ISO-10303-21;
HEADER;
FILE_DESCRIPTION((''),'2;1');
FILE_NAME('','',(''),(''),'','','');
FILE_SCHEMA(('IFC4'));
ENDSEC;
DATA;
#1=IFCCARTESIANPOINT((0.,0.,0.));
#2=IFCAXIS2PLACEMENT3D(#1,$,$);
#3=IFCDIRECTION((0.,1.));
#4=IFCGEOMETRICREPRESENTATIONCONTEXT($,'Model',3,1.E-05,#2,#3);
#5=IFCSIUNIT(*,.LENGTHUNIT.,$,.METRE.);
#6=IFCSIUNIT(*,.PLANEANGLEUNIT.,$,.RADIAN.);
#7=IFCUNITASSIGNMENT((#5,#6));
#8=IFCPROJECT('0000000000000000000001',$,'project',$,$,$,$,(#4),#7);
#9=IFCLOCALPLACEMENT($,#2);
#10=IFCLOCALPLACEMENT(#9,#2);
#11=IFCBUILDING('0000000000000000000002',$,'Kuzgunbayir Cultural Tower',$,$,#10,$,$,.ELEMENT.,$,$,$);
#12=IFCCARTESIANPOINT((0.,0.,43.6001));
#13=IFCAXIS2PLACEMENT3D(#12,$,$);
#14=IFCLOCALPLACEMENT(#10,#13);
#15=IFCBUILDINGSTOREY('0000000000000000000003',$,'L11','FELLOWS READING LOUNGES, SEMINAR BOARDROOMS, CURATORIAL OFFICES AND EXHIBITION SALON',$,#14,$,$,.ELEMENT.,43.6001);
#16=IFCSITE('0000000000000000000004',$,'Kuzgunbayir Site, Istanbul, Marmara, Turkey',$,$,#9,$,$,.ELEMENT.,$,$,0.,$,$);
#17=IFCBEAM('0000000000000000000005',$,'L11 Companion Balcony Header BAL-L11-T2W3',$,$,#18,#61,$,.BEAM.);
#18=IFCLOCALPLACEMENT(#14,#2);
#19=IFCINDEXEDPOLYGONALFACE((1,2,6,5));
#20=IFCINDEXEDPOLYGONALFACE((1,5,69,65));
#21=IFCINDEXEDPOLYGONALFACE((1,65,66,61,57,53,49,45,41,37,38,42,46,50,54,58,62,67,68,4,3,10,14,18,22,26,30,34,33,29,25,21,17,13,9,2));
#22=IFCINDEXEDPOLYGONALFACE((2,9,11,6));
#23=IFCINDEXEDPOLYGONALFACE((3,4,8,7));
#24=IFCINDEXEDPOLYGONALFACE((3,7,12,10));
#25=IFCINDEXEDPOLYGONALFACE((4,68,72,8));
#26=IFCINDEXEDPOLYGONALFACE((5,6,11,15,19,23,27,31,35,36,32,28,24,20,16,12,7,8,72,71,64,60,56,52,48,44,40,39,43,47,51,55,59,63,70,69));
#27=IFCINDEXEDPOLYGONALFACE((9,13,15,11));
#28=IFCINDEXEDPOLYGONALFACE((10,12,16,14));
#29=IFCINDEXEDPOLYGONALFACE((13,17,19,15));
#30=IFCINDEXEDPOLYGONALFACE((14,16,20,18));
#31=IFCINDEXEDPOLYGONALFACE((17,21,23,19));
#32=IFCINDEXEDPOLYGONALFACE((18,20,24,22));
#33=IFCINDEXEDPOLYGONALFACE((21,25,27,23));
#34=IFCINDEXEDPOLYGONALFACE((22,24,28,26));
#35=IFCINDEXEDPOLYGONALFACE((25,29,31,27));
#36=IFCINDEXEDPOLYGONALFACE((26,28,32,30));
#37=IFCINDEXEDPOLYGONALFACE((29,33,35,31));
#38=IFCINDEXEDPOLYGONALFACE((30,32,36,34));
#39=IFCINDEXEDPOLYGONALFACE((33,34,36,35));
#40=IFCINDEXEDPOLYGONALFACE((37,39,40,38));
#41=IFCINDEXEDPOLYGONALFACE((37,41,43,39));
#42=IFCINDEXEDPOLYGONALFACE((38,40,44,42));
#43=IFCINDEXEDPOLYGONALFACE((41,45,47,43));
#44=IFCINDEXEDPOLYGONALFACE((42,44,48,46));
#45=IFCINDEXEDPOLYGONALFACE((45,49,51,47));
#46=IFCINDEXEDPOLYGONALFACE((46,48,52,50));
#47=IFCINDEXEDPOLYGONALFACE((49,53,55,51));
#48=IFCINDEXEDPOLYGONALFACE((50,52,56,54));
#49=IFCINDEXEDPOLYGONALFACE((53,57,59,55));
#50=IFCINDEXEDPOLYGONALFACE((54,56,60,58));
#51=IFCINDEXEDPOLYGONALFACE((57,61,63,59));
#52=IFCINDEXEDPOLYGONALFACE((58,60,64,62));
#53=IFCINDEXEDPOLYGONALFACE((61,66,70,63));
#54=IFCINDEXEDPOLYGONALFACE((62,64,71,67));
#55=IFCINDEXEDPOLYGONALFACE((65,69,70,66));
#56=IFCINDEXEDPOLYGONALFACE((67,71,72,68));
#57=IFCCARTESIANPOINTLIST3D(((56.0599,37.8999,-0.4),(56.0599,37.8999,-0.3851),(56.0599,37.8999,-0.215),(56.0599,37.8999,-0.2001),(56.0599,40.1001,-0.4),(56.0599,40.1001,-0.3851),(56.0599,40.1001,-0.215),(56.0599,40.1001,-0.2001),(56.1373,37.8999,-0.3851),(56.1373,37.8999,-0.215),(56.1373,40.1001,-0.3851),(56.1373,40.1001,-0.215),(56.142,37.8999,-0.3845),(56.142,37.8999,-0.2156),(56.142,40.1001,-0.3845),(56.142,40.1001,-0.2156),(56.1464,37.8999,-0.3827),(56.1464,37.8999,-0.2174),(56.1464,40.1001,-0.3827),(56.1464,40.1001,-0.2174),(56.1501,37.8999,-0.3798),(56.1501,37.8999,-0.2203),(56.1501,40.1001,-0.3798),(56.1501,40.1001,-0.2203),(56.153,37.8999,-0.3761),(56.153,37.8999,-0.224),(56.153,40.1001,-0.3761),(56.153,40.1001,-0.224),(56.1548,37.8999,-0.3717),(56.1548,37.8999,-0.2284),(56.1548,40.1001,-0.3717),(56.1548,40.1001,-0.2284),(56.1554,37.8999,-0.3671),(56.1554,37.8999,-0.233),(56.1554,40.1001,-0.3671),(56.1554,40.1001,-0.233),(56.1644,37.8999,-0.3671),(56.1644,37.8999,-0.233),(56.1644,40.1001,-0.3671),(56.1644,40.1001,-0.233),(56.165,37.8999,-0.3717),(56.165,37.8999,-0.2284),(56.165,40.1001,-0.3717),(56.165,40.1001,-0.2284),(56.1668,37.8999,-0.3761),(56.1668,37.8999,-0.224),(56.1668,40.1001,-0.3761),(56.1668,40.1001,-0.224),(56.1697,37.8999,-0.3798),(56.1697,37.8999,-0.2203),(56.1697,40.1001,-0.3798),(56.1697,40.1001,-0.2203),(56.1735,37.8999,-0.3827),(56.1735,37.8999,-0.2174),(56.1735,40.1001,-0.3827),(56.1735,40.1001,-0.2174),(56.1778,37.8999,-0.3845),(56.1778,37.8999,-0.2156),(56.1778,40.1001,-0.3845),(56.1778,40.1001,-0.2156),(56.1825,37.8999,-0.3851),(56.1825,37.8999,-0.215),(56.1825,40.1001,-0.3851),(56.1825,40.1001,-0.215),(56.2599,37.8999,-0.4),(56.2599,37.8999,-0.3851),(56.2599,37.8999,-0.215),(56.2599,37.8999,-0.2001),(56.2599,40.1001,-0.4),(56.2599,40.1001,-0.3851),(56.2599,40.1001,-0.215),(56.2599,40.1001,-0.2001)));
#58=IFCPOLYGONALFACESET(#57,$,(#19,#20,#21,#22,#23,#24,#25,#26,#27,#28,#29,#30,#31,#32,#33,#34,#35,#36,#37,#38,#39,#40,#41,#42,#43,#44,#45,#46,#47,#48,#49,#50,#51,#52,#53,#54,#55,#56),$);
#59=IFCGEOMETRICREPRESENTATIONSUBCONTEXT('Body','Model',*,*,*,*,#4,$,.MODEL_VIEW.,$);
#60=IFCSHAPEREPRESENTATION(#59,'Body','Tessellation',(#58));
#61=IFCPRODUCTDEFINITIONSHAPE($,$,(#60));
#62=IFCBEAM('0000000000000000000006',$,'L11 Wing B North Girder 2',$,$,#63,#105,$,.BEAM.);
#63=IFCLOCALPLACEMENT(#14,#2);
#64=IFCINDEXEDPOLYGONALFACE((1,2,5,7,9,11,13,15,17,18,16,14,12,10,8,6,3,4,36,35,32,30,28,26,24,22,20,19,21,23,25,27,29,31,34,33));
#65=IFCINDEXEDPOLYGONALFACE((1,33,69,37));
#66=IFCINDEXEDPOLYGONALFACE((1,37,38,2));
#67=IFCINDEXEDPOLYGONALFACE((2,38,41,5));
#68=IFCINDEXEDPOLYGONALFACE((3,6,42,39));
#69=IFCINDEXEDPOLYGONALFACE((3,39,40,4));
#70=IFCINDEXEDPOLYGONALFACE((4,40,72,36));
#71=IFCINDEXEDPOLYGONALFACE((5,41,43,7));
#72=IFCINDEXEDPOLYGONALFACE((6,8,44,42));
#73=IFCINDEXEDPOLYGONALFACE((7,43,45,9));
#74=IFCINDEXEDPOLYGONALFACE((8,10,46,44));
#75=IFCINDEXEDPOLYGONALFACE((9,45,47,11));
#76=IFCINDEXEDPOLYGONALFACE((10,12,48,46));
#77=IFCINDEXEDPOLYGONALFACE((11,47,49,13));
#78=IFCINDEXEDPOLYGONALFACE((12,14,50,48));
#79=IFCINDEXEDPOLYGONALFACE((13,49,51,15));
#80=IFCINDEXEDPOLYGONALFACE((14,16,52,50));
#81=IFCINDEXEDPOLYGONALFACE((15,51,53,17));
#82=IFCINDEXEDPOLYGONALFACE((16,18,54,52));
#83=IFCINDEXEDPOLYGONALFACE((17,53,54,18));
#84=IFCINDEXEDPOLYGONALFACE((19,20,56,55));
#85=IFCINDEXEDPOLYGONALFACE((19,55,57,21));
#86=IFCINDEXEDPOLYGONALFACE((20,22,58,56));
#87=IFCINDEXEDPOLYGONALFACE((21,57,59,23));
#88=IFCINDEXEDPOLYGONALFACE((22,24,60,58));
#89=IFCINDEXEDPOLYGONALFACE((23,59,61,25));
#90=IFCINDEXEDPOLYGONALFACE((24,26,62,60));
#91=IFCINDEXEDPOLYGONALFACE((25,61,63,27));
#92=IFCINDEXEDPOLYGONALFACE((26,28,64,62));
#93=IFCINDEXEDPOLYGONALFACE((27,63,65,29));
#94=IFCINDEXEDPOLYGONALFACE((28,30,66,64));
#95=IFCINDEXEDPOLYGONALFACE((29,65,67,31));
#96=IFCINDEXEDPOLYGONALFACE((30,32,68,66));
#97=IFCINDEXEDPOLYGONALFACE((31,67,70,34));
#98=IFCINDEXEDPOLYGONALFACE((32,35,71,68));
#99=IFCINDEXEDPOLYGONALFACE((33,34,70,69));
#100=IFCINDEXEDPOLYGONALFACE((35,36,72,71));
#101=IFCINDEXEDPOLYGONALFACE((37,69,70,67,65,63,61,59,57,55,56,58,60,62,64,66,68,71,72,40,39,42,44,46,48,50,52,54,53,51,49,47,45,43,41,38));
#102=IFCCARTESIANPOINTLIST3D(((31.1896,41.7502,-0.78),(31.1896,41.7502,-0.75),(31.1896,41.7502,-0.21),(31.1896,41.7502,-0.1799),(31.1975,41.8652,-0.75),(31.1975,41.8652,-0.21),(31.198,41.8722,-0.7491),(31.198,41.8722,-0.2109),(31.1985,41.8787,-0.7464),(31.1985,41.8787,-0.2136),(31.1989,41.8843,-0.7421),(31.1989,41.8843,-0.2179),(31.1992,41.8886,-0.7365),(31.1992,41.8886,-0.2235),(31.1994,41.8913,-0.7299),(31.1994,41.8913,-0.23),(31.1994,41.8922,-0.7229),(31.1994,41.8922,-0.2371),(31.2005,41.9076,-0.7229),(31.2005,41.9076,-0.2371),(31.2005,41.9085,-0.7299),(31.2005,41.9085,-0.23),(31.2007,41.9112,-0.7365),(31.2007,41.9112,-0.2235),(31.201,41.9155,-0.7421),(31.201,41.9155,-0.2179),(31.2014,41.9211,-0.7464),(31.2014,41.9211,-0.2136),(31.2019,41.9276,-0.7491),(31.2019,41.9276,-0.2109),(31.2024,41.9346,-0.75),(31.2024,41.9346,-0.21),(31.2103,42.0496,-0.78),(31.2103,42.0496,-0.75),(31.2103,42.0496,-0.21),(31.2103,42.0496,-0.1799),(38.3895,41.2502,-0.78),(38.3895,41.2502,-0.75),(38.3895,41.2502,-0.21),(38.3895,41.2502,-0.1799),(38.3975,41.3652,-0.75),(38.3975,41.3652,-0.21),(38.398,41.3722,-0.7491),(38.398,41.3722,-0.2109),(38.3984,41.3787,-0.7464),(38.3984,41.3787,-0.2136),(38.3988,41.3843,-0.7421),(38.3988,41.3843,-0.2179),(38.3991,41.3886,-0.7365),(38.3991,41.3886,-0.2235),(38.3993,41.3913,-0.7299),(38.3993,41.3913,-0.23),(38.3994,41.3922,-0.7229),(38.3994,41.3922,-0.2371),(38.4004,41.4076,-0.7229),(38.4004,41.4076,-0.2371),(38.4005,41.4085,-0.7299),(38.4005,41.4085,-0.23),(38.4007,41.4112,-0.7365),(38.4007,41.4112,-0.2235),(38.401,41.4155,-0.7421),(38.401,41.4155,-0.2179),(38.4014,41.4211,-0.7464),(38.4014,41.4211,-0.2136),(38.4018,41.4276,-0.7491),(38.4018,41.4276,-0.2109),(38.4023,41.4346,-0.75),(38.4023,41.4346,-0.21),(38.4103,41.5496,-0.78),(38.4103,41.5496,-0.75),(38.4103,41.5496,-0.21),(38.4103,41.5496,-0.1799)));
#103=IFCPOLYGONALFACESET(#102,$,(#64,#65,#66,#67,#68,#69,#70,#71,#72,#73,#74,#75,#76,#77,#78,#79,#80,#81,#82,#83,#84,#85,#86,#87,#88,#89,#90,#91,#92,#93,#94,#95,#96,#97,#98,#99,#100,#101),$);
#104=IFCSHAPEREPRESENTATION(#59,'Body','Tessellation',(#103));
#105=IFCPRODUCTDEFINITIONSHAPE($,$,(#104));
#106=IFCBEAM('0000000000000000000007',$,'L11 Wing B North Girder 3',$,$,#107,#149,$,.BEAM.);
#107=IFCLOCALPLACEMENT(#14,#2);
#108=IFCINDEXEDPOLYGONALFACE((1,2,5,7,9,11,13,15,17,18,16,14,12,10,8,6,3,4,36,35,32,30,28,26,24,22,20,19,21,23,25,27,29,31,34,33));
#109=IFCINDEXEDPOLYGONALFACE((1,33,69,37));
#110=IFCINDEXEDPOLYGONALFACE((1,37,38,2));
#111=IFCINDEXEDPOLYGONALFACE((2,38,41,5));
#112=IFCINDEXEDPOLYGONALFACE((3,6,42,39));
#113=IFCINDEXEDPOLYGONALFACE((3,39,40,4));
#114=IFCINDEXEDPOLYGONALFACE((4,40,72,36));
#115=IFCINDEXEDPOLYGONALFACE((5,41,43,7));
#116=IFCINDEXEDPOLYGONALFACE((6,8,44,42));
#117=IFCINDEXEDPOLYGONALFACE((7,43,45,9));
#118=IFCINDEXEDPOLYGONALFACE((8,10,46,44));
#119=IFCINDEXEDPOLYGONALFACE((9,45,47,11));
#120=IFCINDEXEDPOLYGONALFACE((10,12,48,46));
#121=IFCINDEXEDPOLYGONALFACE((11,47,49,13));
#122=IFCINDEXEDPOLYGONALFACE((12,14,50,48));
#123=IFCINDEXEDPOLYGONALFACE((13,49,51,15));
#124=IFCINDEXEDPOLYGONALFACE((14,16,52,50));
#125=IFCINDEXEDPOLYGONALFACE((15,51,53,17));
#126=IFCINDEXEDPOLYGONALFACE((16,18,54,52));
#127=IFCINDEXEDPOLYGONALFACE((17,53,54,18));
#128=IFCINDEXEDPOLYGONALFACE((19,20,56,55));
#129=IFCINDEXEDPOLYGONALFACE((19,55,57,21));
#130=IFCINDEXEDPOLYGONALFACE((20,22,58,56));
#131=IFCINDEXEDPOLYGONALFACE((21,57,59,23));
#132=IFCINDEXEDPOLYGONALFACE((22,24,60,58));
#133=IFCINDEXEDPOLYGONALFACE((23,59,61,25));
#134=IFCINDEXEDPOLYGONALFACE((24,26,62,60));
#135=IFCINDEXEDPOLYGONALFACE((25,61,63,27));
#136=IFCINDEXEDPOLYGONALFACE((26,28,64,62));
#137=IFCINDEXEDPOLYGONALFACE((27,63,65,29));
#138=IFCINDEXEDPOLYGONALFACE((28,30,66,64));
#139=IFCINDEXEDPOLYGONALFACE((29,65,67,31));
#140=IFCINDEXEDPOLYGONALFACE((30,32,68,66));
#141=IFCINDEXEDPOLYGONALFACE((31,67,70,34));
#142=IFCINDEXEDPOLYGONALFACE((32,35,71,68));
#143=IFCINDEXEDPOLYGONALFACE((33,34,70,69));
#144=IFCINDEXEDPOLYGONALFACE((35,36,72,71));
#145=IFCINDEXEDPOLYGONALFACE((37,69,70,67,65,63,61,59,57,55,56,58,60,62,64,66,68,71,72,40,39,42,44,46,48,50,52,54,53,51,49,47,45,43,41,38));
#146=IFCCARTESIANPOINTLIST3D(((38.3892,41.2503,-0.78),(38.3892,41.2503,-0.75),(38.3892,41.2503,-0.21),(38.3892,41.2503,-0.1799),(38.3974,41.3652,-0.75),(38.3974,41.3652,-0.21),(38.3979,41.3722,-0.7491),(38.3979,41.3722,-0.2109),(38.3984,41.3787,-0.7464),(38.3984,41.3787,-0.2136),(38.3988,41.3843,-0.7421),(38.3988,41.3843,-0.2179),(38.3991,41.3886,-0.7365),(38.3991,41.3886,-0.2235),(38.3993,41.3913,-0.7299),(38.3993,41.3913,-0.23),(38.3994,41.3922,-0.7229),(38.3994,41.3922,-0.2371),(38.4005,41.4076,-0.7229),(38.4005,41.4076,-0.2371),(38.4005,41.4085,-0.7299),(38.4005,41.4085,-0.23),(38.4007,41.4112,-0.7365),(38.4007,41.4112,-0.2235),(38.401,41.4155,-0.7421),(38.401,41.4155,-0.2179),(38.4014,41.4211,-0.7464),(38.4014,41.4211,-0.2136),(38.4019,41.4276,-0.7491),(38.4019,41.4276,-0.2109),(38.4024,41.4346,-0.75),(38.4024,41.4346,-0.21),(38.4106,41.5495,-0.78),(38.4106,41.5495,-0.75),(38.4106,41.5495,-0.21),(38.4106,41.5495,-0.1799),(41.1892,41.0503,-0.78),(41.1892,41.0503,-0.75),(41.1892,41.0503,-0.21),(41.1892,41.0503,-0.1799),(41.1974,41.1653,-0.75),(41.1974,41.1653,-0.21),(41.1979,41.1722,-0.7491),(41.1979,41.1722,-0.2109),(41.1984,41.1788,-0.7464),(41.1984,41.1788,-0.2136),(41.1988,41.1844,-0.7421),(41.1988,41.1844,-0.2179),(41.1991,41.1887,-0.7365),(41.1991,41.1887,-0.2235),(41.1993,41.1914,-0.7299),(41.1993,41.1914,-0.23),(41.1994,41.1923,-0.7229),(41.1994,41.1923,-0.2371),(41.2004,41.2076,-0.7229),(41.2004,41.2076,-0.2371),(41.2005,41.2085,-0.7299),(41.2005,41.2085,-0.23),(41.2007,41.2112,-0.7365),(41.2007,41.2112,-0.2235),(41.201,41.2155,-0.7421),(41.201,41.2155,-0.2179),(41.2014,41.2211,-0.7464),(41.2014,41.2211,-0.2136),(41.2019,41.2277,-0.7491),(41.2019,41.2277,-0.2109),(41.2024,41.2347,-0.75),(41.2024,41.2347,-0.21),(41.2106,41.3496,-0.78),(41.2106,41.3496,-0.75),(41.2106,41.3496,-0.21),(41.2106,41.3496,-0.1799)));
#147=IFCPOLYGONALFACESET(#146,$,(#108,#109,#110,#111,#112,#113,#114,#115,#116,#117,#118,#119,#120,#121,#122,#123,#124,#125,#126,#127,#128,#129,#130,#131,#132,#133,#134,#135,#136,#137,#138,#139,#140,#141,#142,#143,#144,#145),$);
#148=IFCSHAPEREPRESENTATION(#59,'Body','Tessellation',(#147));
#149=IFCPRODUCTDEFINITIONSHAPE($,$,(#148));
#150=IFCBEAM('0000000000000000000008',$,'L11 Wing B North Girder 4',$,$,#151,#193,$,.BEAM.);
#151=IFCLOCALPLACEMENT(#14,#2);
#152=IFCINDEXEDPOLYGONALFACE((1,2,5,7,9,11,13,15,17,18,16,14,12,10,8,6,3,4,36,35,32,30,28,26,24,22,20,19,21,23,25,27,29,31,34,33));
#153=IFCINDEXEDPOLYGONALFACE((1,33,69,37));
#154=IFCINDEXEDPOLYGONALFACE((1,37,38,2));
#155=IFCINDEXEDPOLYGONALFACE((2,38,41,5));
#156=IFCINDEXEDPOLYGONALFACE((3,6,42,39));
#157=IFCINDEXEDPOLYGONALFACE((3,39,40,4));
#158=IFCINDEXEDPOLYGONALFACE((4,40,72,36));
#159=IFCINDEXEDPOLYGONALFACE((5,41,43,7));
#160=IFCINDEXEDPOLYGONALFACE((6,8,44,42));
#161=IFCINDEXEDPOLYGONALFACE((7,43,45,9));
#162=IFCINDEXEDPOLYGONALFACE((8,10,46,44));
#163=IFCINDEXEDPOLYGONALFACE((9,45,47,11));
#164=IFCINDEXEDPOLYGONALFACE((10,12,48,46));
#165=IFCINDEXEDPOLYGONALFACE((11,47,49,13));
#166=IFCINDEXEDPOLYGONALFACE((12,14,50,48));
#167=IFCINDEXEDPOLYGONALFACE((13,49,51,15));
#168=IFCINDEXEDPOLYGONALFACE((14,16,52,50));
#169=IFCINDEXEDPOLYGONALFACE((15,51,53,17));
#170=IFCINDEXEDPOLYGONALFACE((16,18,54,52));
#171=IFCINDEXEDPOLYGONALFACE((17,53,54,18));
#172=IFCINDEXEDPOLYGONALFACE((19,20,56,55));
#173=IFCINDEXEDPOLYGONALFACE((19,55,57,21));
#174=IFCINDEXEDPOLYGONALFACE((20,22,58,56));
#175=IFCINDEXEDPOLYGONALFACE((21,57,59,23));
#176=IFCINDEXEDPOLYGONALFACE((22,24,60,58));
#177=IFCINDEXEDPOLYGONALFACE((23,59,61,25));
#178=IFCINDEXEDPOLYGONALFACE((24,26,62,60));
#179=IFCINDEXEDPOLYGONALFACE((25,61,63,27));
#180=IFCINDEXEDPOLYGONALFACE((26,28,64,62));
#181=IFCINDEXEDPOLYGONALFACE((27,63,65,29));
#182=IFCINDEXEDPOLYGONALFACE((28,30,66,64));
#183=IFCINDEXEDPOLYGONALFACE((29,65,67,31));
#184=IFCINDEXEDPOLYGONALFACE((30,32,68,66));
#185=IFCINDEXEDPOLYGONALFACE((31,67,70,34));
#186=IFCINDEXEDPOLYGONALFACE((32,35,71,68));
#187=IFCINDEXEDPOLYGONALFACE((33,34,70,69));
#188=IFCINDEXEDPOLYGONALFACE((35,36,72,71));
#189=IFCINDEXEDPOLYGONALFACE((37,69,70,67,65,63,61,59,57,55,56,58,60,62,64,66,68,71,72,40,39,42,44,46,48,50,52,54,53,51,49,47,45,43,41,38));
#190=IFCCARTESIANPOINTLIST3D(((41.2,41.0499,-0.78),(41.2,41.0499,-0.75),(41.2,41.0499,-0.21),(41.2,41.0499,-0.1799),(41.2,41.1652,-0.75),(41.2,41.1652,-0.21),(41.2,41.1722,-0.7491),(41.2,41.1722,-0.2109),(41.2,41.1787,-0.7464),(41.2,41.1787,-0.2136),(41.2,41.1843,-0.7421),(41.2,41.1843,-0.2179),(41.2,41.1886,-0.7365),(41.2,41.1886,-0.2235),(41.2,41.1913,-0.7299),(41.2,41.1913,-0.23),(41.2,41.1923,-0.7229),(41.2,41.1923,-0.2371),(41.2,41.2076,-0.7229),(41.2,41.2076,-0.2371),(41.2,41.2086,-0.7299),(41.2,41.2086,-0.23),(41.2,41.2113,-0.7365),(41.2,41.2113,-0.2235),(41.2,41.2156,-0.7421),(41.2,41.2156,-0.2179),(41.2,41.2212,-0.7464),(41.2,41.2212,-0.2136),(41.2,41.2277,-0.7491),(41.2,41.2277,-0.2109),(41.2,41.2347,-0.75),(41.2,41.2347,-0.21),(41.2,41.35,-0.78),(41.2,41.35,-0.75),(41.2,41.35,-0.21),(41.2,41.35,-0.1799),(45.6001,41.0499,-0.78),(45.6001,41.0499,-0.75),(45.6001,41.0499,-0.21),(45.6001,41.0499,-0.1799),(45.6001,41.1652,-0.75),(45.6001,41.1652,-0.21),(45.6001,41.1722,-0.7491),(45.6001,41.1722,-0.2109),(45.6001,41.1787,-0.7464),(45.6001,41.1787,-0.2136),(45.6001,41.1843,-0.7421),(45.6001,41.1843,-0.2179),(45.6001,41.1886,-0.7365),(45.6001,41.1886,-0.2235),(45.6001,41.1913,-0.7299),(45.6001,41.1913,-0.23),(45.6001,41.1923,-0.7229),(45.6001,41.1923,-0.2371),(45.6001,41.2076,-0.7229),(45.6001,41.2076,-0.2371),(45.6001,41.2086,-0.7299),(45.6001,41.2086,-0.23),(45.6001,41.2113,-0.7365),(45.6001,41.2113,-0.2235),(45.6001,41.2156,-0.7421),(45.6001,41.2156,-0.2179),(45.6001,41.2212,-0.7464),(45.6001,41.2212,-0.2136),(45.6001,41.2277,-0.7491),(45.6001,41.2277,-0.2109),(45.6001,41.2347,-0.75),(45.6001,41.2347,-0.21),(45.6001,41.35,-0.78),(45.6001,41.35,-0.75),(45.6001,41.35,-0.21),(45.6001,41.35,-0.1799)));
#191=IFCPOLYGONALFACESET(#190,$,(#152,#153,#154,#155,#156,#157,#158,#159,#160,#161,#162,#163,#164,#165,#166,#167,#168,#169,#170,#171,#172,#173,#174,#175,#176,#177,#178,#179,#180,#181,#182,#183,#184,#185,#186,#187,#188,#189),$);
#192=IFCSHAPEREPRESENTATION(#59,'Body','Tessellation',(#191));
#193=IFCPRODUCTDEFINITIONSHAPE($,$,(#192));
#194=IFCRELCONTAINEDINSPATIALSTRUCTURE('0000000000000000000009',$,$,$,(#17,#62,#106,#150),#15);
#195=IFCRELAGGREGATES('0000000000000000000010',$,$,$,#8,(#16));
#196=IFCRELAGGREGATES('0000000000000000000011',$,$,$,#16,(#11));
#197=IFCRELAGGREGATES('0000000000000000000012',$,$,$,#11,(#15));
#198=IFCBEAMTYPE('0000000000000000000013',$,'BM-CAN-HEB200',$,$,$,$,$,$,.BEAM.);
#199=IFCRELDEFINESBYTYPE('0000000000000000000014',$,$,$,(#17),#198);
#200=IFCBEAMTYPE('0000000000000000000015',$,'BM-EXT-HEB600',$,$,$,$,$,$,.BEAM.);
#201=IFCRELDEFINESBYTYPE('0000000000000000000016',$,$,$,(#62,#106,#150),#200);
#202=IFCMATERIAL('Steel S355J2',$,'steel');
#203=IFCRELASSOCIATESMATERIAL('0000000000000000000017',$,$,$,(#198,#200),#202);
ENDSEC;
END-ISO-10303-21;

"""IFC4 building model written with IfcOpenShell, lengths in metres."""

from ifc_helpers import new_model, si_unit, direction, frame, origin, origin_2d, place, context, subcontext, project, spatial, i_section, extrude, material, material_profile, profile_set, type_object, element, save


model = new_model("IFC4")

# Units and contexts
model_context = context("Model", 3, precision=1e-05, world=origin(), true_north=direction((0.0, 1.0)))
body_context = subcontext(model_context, "Body", "Model", "MODEL_VIEW")
ifc_project = project(units=[si_unit("LENGTHUNIT", "METRE"), si_unit("PLANEANGLEUNIT", "RADIAN")], contexts=[model_context])

# Site, building, storey
site_placement = place(None, origin())
site = spatial("IfcSite", under=ifc_project, at=site_placement, Name="Kuzgunbayir Site, Istanbul, Marmara, Turkey", CompositionType="ELEMENT", RefElevation=0.0)
building_placement = place(site_placement, origin())
building = spatial("IfcBuilding", under=site, at=building_placement, Name="Kuzgunbayir Cultural Tower", CompositionType="ELEMENT")
storey_placement = place(building_placement, frame((0.0, 0.0, 43.6001)))
storey = spatial("IfcBuildingStorey", under=building, at=storey_placement, Name="L11", Description="FELLOWS READING LOUNGES, SEMINAR BOARDROOMS, CURATORIAL OFFICES AND EXHIBITION SALON", CompositionType="ELEMENT", Elevation=43.6001)

# Beams
ifc_material_1 = material(Name="Steel S355J2", Category="steel")
ifc_material_profile_1 = material_profile(ifc_material_1, i_section(OverallWidth=0.2, OverallDepth=0.2, WebThickness=0.009, FlangeThickness=0.0149, FilletRadius=0.0181, at=origin_2d()), Name="HEB 200")
ifc_profile_set_1 = profile_set([ifc_material_profile_1], Name="Steel S355J2")
beam_type_1 = type_object("IfcBeamType", Name="BM-CAN-HEB200", PredefinedType="BEAM", material=ifc_profile_set_1)
beam_1_placement = place(storey_placement, frame((56.1599, 37.8999, -0.3), z_axis=(0.0, 1.0, 0.0), x_axis=(-1.0, 0.0, 0.0)))
element("IfcBeam", 1, at=beam_1_placement, inside=storey, type_object=beam_type_1, Name="L11 Companion Balcony Header BAL-L11-T2W3", PredefinedType="BEAM", context=body_context, shape_type="SweptSolid", body=[
    extrude(i_section(OverallWidth=0.2, OverallDepth=0.2, WebThickness=0.009, FlangeThickness=0.0149, FilletRadius=0.0181, at=origin_2d()), origin(), (0.0, 0.0, 1.0), 2.2002),
])
ifc_material_profile_2 = material_profile(ifc_material_1, i_section(OverallWidth=0.3, OverallDepth=0.6001, WebThickness=0.0154, FlangeThickness=0.03, FilletRadius=0.0271, at=origin_2d()), Name="HEB 600")
ifc_profile_set_2 = profile_set([ifc_material_profile_2], Name="Steel S355J2")
beam_type_2 = type_object("IfcBeamType", Name="BM-EXT-HEB600", PredefinedType="BEAM", material=ifc_profile_set_2)
beam_2_placement = place(storey_placement, frame((31.2, 41.8999, -0.48), z_axis=(0.997597, -0.069278, 0.0), x_axis=(0.069278, 0.997597, 0.0)))
element("IfcBeam", 2, at=beam_2_placement, inside=storey, type_object=beam_type_2, Name="L11 Wing B North Girder 2", PredefinedType="BEAM", context=body_context, shape_type="SweptSolid", body=[
    extrude(i_section(OverallWidth=0.3, OverallDepth=0.6001, WebThickness=0.0154, FlangeThickness=0.03, FilletRadius=0.0271, at=origin_2d()), origin(), (0.0, 0.0, 1.0), 7.2173),
])
beam_3_placement = place(storey_placement, frame((38.3999, 41.3999, -0.48), z_axis=(0.99746, -0.071229, 0.0), x_axis=(0.071229, 0.99746, 0.0)))
element("IfcBeam", 3, at=beam_3_placement, inside=storey, type_object=beam_type_2, Name="L11 Wing B North Girder 3", PredefinedType="BEAM", context=body_context, shape_type="SweptSolid", body=[
    extrude(i_section(OverallWidth=0.3, OverallDepth=0.6001, WebThickness=0.0154, FlangeThickness=0.03, FilletRadius=0.0271, at=origin_2d()), origin(), (0.0, 0.0, 1.0), 2.8071),
])
beam_4_placement = place(storey_placement, frame((41.2, 41.2, -0.48), z_axis=(1.0, 0.0, 0.0), x_axis=(0.0, 1.0, 0.0)))
element("IfcBeam", 4, at=beam_4_placement, inside=storey, type_object=beam_type_2, Name="L11 Wing B North Girder 4", PredefinedType="BEAM", context=body_context, shape_type="SweptSolid", body=[
    extrude(i_section(OverallWidth=0.3, OverallDepth=0.6001, WebThickness=0.0154, FlangeThickness=0.03, FilletRadius=0.0271, at=origin_2d()), origin(), (0.0, 0.0, 1.0), 4.4001),
])

save(model, "model.ifc")
